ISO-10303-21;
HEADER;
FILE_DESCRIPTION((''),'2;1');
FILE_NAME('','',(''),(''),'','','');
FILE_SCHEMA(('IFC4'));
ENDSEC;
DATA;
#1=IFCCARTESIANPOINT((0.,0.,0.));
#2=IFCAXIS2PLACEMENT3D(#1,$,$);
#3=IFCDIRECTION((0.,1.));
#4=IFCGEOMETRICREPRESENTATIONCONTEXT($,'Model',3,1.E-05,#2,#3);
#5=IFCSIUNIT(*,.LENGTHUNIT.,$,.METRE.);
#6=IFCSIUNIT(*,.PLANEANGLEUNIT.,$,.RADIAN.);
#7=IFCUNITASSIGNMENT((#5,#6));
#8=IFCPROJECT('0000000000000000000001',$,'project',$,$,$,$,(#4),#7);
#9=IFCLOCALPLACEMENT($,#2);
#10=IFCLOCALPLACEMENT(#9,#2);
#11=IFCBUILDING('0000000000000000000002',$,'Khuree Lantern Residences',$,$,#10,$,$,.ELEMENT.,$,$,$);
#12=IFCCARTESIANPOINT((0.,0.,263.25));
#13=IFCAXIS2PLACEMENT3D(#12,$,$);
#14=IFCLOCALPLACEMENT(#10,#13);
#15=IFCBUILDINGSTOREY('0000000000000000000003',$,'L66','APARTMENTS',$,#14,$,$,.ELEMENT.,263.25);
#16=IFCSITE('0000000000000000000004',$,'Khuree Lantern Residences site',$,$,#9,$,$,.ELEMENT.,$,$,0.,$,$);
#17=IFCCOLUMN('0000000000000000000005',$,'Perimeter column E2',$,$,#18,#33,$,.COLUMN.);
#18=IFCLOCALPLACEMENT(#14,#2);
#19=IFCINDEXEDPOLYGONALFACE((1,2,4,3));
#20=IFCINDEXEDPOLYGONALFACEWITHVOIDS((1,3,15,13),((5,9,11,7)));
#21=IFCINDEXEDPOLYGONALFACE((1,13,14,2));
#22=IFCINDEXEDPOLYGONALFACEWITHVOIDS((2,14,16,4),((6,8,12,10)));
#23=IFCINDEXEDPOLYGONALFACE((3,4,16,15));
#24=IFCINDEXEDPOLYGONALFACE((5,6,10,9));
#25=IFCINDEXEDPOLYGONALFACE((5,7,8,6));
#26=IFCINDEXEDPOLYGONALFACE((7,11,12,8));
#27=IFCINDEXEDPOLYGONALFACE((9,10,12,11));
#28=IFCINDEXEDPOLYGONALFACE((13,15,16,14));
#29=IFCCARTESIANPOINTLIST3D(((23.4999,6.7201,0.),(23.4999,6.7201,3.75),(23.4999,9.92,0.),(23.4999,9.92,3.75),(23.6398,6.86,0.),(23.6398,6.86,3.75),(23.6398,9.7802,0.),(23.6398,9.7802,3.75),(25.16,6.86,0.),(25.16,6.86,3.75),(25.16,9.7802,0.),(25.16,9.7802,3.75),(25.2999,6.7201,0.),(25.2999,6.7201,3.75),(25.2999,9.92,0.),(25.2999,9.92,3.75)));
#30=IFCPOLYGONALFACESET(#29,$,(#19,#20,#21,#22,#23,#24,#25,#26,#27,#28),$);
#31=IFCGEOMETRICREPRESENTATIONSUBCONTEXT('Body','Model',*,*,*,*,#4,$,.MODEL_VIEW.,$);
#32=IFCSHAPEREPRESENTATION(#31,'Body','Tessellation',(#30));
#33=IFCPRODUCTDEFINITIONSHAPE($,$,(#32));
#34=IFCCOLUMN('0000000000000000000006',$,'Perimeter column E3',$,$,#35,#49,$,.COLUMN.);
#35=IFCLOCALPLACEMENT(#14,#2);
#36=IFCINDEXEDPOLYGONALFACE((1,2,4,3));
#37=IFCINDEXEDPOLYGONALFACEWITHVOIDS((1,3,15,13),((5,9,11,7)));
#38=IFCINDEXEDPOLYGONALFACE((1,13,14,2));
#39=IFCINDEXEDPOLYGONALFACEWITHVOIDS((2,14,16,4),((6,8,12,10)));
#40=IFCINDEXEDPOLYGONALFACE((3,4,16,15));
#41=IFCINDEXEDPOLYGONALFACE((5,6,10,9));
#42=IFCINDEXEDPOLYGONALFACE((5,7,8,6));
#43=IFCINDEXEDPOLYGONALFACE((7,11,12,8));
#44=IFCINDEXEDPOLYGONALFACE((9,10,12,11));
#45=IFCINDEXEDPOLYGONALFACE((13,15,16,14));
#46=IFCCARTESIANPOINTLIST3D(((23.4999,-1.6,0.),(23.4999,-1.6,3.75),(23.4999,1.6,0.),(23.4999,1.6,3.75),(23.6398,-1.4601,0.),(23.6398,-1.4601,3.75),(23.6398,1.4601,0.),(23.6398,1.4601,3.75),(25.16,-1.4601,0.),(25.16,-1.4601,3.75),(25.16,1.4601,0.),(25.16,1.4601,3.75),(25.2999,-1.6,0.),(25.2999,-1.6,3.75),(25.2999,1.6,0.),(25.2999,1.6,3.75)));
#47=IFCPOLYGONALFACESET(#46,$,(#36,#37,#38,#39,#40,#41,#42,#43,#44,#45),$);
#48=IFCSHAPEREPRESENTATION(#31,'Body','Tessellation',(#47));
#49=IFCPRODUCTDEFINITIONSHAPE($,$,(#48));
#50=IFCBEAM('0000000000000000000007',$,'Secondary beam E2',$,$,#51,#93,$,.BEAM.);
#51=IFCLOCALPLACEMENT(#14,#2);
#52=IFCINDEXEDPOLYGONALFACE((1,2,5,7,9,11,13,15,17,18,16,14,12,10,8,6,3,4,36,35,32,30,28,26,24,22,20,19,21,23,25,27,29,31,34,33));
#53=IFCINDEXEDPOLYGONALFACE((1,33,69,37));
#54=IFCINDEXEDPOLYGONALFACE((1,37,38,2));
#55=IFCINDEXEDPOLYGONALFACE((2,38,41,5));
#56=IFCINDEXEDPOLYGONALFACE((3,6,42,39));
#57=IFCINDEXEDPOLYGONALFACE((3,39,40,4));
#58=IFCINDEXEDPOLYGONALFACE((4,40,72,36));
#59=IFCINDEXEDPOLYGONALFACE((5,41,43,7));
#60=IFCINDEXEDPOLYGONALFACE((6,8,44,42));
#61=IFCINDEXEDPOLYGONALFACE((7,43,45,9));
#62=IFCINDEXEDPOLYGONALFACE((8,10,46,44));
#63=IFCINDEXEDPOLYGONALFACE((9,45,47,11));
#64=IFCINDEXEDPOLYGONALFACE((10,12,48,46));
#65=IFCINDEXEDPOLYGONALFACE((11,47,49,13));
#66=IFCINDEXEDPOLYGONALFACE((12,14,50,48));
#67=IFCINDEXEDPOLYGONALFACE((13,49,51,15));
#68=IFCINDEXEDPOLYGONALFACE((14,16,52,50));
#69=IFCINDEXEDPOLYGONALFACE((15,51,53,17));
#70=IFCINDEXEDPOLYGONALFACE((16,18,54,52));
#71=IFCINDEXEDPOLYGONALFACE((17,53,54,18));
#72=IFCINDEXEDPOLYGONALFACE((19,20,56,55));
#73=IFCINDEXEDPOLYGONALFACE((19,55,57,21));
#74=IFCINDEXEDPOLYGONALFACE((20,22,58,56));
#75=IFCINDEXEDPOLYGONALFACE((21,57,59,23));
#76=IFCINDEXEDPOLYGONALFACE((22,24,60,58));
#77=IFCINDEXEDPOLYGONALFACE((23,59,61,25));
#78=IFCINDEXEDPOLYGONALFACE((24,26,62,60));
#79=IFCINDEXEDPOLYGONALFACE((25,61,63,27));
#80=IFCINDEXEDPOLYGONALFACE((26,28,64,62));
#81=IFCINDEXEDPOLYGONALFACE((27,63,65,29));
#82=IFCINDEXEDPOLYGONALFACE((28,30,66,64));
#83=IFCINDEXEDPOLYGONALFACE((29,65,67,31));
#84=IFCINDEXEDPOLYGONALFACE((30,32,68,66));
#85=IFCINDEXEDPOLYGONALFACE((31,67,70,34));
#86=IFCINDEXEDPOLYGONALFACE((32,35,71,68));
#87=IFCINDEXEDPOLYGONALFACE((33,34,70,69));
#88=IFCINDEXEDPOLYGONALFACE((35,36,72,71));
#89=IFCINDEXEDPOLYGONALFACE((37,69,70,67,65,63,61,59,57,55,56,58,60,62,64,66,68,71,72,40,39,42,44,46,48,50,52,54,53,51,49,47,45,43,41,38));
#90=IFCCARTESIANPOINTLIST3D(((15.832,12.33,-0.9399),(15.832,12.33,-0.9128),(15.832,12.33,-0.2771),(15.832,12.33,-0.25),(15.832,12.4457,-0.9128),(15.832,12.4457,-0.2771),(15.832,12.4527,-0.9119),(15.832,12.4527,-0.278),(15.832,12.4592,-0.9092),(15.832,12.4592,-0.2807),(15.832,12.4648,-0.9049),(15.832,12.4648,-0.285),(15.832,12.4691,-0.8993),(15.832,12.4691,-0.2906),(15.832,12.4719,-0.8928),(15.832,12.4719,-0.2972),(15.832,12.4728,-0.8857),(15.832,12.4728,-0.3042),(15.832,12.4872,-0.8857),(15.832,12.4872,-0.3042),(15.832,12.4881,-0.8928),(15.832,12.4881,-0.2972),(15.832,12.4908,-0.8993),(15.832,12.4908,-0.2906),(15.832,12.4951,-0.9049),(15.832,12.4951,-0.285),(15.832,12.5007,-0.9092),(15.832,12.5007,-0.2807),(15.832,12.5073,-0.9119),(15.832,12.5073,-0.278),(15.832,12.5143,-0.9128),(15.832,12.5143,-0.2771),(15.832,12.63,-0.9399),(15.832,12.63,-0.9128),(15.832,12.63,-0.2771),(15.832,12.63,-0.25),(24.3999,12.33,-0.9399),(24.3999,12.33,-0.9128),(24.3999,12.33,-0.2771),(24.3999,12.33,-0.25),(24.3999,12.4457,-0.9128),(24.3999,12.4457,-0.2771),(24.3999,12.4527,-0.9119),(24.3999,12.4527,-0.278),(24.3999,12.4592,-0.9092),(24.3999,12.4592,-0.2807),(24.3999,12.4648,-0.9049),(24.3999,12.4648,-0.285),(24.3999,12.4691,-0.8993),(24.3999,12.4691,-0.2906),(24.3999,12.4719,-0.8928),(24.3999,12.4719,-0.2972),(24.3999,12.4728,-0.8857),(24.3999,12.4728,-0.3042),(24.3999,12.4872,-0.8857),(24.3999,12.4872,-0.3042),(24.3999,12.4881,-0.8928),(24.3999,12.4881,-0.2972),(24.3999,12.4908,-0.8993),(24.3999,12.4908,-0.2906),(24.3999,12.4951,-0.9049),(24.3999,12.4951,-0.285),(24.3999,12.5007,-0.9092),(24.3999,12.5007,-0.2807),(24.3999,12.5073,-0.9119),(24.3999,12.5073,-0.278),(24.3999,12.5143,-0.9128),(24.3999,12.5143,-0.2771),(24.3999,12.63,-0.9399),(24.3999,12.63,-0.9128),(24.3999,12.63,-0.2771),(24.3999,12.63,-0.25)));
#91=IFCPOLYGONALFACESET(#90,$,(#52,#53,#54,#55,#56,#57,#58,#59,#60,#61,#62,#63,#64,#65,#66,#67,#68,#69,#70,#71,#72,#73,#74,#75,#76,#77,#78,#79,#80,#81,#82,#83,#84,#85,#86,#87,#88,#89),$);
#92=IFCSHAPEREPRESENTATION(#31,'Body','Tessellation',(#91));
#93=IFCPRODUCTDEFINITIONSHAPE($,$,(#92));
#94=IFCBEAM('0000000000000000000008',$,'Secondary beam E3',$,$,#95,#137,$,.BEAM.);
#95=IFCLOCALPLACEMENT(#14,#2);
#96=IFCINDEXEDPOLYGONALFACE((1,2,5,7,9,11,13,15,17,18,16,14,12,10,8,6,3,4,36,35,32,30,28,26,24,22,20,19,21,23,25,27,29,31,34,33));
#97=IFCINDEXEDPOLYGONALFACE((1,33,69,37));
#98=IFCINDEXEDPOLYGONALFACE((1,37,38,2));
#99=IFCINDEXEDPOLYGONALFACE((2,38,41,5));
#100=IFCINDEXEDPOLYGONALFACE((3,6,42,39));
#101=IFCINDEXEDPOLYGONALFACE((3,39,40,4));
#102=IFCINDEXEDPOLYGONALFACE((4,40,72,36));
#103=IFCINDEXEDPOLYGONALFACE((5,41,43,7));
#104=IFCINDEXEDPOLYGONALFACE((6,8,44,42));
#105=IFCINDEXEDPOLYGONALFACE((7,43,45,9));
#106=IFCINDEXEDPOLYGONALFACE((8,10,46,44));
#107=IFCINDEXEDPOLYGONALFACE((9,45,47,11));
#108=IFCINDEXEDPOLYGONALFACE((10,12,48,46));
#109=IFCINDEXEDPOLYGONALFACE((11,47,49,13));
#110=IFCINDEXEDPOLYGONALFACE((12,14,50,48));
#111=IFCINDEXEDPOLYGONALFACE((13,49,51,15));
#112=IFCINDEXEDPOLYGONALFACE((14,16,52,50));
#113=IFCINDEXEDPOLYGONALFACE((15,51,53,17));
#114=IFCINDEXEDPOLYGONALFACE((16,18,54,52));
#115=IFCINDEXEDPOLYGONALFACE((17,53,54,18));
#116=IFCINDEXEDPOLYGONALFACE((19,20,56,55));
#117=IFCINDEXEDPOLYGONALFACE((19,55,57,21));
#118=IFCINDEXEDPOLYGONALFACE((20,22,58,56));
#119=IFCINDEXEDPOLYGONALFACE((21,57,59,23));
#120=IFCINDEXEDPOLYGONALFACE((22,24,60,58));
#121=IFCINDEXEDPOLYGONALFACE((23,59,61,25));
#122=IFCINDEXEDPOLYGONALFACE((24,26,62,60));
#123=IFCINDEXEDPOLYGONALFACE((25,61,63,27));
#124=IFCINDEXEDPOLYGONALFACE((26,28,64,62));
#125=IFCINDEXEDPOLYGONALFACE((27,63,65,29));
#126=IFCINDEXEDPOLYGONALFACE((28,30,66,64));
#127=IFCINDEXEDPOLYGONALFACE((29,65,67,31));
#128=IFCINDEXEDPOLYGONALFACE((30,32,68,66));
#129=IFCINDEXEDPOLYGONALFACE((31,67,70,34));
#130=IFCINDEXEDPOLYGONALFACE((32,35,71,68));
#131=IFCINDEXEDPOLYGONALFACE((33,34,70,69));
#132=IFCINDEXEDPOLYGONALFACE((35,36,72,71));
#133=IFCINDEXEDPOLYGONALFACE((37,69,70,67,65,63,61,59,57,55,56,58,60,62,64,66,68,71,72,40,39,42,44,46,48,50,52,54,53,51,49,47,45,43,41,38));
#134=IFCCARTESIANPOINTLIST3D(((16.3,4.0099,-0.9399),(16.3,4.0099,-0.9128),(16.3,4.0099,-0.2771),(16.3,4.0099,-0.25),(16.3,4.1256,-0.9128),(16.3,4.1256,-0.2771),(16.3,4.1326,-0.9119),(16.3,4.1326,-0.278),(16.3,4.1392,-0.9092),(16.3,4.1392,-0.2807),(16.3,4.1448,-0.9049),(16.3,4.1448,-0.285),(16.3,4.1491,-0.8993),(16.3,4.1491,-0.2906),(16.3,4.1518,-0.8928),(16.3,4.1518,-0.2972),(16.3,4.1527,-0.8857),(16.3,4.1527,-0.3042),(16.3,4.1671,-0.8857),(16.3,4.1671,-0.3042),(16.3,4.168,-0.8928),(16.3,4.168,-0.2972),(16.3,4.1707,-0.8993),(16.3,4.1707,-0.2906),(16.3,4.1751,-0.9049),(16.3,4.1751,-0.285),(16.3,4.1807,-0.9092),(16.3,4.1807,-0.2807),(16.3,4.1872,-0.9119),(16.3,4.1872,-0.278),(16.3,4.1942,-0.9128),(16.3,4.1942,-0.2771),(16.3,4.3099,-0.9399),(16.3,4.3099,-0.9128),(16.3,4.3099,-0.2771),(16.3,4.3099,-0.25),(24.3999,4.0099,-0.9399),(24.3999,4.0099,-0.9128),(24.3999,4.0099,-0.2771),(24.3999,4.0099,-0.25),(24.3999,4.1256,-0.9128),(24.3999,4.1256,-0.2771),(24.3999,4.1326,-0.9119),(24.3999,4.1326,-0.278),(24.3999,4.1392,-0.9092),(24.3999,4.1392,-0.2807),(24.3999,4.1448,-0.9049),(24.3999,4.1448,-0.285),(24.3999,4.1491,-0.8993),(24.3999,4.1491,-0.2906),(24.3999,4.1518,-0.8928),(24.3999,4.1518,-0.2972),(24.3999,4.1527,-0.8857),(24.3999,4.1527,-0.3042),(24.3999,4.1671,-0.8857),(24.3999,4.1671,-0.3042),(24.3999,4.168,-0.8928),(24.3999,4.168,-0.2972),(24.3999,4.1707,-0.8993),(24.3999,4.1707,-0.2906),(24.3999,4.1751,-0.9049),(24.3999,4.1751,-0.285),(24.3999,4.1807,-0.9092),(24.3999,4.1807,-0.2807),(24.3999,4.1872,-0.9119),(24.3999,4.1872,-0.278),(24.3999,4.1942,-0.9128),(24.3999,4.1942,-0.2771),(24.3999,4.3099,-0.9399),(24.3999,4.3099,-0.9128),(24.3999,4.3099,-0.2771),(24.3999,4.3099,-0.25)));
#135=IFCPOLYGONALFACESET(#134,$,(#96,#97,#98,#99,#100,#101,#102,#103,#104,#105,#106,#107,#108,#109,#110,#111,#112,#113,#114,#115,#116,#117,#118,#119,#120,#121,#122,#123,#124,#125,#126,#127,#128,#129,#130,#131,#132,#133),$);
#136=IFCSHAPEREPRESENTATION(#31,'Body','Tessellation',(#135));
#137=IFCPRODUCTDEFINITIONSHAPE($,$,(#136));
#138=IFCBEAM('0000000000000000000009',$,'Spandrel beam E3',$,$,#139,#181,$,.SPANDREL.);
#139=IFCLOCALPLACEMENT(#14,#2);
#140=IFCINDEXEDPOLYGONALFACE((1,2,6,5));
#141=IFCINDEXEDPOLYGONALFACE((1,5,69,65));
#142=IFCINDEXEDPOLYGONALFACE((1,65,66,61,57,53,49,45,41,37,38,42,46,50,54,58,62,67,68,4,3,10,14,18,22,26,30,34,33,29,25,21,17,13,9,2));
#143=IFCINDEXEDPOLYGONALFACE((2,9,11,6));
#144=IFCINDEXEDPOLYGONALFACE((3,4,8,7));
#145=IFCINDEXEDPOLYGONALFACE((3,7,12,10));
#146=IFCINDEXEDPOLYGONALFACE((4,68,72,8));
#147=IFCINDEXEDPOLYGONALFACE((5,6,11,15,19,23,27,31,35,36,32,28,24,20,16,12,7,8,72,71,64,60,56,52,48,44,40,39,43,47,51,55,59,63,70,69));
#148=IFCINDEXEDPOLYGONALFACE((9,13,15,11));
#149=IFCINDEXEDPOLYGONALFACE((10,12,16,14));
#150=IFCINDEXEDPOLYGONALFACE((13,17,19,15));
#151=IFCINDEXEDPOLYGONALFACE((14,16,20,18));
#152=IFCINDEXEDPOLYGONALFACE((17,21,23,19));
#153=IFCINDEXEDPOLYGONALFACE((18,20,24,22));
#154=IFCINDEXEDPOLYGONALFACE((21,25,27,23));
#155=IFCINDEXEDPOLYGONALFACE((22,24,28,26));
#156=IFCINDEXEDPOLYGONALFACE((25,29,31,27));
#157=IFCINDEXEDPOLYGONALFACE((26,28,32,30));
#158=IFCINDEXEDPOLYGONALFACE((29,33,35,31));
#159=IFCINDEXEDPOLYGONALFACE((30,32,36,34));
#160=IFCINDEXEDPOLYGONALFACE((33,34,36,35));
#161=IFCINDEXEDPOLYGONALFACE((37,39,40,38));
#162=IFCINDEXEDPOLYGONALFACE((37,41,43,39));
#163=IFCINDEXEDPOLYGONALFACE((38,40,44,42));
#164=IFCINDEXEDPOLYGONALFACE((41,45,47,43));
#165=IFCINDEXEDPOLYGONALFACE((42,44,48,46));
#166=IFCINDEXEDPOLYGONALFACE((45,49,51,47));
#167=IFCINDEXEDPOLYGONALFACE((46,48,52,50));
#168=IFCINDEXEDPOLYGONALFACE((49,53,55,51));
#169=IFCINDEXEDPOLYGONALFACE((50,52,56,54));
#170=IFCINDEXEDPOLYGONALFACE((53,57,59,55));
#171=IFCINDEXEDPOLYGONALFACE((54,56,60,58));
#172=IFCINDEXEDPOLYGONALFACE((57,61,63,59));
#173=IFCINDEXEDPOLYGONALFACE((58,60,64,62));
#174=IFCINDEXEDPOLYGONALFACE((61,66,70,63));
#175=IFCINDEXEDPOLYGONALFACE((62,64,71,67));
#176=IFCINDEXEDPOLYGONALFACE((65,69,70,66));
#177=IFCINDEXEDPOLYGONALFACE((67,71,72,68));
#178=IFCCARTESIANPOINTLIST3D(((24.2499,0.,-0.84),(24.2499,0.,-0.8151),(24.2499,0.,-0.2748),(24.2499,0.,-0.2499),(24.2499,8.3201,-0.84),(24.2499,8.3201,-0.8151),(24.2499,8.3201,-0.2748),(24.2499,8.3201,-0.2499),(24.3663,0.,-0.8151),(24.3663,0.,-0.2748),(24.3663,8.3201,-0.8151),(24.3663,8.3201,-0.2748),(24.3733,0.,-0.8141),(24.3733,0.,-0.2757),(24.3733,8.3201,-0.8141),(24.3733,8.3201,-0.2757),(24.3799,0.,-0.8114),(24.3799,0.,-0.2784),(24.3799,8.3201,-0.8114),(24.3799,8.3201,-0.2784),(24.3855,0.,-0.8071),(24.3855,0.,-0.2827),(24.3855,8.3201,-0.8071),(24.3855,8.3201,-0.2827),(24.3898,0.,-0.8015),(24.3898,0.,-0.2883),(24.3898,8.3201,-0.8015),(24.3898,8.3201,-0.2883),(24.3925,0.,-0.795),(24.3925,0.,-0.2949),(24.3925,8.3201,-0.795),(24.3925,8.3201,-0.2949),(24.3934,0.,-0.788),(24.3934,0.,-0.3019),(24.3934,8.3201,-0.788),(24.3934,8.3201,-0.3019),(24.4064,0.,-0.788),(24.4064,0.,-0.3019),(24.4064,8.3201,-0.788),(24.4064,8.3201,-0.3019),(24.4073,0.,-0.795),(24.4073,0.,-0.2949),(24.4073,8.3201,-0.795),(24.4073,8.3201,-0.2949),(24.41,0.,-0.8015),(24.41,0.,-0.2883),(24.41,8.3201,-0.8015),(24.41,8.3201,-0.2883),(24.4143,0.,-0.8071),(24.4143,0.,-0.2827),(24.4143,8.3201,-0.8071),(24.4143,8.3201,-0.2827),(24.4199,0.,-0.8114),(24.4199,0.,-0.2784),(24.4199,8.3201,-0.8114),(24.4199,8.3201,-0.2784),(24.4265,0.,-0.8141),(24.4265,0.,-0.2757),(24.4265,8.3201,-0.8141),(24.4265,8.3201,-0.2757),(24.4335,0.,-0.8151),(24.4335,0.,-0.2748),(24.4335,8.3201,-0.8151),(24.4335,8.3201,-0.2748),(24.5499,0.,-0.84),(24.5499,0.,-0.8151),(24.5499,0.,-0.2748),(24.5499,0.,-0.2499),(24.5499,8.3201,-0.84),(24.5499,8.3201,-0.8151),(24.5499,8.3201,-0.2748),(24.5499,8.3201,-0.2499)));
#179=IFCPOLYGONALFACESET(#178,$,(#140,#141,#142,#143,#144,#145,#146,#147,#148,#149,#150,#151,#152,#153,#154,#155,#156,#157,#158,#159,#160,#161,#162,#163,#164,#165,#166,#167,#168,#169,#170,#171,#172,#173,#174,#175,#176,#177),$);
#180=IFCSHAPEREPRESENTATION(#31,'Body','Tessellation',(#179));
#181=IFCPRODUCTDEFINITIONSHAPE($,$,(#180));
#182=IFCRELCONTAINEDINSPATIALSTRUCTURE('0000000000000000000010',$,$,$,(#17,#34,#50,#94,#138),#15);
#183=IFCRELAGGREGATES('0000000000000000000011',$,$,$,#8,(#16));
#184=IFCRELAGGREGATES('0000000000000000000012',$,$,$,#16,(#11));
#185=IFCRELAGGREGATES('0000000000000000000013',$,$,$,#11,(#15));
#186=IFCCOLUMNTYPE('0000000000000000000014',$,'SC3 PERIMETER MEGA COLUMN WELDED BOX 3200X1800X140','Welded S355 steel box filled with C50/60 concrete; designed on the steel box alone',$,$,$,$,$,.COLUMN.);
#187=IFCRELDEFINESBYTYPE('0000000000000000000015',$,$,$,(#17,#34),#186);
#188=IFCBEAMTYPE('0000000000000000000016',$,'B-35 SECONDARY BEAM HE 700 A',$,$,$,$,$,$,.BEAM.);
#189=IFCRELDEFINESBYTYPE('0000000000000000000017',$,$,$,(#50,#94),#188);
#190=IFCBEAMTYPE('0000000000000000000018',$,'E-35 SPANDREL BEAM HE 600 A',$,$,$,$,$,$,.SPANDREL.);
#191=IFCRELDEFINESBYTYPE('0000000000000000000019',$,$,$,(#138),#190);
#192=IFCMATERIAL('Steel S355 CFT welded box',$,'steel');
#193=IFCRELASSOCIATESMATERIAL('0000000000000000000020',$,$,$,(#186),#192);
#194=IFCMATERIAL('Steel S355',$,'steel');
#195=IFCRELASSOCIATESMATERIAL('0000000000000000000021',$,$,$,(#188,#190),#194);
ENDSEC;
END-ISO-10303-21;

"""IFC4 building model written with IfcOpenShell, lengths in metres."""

from ifc_helpers import new_model, si_unit, direction, frame, origin, origin_2d, place, context, subcontext, project, spatial, hollow_rectangle, i_section, extrude, material, material_profile, profile_set, type_object, element, save


model = new_model("IFC4")

# Units and contexts
model_context = context("Model", 3, precision=1e-05, world=origin(), true_north=direction((0.0, 1.0)))
body_context = subcontext(model_context, "Body", "Model", "MODEL_VIEW")
ifc_project = project(units=[si_unit("LENGTHUNIT", "METRE"), si_unit("PLANEANGLEUNIT", "RADIAN")], contexts=[model_context])

# Site, building, storey
site_placement = place(None, origin())
site = spatial("IfcSite", under=ifc_project, at=site_placement, Name="Khuree Lantern Residences site", CompositionType="ELEMENT", RefElevation=0.0)
building_placement = place(site_placement, origin())
building = spatial("IfcBuilding", under=site, at=building_placement, Name="Khuree Lantern Residences", CompositionType="ELEMENT")
storey_placement = place(building_placement, frame((0.0, 0.0, 263.25)))
storey = spatial("IfcBuildingStorey", under=building, at=storey_placement, Name="L66", Description="APARTMENTS", CompositionType="ELEMENT", Elevation=263.25)

# Columns
ifc_material_1 = material(Name="Steel S355 CFT welded box", Category="steel")
ifc_material_profile_1 = material_profile(ifc_material_1, hollow_rectangle(XDim=3.2, YDim=1.8, WallThickness=0.1399, at=origin_2d()), Name="WELDED BOX 3200X1800X140")
ifc_profile_set_1 = profile_set([ifc_material_profile_1], Name="Steel S355 CFT welded box")
column_type = type_object("IfcColumnType", Name="SC3 PERIMETER MEGA COLUMN WELDED BOX 3200X1800X140", Description="Welded S355 steel box filled with C50/60 concrete; designed on the steel box alone", PredefinedType="COLUMN", material=ifc_profile_set_1)
for number, where, z_axis, x_axis, name in (
    (1, (24.3999, 8.3201, 0.0), (0.0, 0.0, 1.0), (0.0, 1.0, 0.0), "Perimeter column E2"),
    (2, (24.3999, 0.0, 0.0), (0.0, 0.0, 1.0), (0.0, 1.0, 0.0), "Perimeter column E3"),
):
    element("IfcColumn", number, at=place(storey_placement, frame(where, z_axis=z_axis, x_axis=x_axis)), inside=storey, type_object=column_type, Name=name, PredefinedType="COLUMN", context=body_context, shape_type="SweptSolid", body=[
        extrude(hollow_rectangle(XDim=3.2, YDim=1.8, WallThickness=0.1399, at=origin_2d()), origin(), (0.0, 0.0, 1.0), 3.75),
    ])

# Beams
ifc_material_2 = material(Name="Steel S355", Category="steel")
ifc_material_profile_2 = material_profile(ifc_material_2, i_section(OverallWidth=0.3, OverallDepth=0.6899, WebThickness=0.0144, FlangeThickness=0.0271, FilletRadius=0.0271, at=origin_2d()), Name="HE 700 A")
ifc_profile_set_2 = profile_set([ifc_material_profile_2], Name="Steel S355")
beam_type_1 = type_object("IfcBeamType", Name="B-35 SECONDARY BEAM HE 700 A", PredefinedType="BEAM", material=ifc_profile_set_2)
beam_1_placement = place(storey_placement, frame((24.3999, 12.48, -0.595), z_axis=(-1.0, 0.0, 0.0), x_axis=(0.0, -1.0, 0.0)))
element("IfcBeam", 3, at=beam_1_placement, inside=storey, type_object=beam_type_1, Name="Secondary beam E2", PredefinedType="BEAM", context=body_context, shape_type="SweptSolid", body=[
    extrude(i_section(OverallWidth=0.3, OverallDepth=0.6899, WebThickness=0.0144, FlangeThickness=0.0271, FilletRadius=0.0271, at=origin_2d()), origin(), (0.0, 0.0, 1.0), 8.5679),
])
beam_2_placement = place(storey_placement, frame((24.3999, 4.1599, -0.595), z_axis=(-1.0, 0.0, 0.0), x_axis=(0.0, -1.0, 0.0)))
element("IfcBeam", 4, at=beam_2_placement, inside=storey, type_object=beam_type_1, Name="Secondary beam E3", PredefinedType="BEAM", context=body_context, shape_type="SweptSolid", body=[
    extrude(i_section(OverallWidth=0.3, OverallDepth=0.6899, WebThickness=0.0144, FlangeThickness=0.0271, FilletRadius=0.0271, at=origin_2d()), origin(), (0.0, 0.0, 1.0), 8.0999),
])
ifc_material_profile_3 = material_profile(ifc_material_2, i_section(OverallWidth=0.3, OverallDepth=0.5901, WebThickness=0.0129, FlangeThickness=0.0249, FilletRadius=0.0271, at=origin_2d()), Name="HE 600 A")
ifc_profile_set_3 = profile_set([ifc_material_profile_3], Name="Steel S355")
beam_type_2 = type_object("IfcBeamType", Name="E-35 SPANDREL BEAM HE 600 A", PredefinedType="SPANDREL", material=ifc_profile_set_3)
for number, where, z_axis, x_axis, name in (
    (5, (24.3999, 8.3201, -0.5449), (0.0, -1.0, 0.0), (1.0, 0.0, 0.0), "Spandrel beam E3"),
):
    element("IfcBeam", number, at=place(storey_placement, frame(where, z_axis=z_axis, x_axis=x_axis)), inside=storey, type_object=beam_type_2, Name=name, PredefinedType="SPANDREL", context=body_context, shape_type="SweptSolid", body=[
        extrude(i_section(OverallWidth=0.3, OverallDepth=0.5901, WebThickness=0.0129, FlangeThickness=0.0249, FilletRadius=0.0271, at=origin_2d()), origin(), (0.0, 0.0, 1.0), 8.3201),
    ])

save(model, "model.ifc")
